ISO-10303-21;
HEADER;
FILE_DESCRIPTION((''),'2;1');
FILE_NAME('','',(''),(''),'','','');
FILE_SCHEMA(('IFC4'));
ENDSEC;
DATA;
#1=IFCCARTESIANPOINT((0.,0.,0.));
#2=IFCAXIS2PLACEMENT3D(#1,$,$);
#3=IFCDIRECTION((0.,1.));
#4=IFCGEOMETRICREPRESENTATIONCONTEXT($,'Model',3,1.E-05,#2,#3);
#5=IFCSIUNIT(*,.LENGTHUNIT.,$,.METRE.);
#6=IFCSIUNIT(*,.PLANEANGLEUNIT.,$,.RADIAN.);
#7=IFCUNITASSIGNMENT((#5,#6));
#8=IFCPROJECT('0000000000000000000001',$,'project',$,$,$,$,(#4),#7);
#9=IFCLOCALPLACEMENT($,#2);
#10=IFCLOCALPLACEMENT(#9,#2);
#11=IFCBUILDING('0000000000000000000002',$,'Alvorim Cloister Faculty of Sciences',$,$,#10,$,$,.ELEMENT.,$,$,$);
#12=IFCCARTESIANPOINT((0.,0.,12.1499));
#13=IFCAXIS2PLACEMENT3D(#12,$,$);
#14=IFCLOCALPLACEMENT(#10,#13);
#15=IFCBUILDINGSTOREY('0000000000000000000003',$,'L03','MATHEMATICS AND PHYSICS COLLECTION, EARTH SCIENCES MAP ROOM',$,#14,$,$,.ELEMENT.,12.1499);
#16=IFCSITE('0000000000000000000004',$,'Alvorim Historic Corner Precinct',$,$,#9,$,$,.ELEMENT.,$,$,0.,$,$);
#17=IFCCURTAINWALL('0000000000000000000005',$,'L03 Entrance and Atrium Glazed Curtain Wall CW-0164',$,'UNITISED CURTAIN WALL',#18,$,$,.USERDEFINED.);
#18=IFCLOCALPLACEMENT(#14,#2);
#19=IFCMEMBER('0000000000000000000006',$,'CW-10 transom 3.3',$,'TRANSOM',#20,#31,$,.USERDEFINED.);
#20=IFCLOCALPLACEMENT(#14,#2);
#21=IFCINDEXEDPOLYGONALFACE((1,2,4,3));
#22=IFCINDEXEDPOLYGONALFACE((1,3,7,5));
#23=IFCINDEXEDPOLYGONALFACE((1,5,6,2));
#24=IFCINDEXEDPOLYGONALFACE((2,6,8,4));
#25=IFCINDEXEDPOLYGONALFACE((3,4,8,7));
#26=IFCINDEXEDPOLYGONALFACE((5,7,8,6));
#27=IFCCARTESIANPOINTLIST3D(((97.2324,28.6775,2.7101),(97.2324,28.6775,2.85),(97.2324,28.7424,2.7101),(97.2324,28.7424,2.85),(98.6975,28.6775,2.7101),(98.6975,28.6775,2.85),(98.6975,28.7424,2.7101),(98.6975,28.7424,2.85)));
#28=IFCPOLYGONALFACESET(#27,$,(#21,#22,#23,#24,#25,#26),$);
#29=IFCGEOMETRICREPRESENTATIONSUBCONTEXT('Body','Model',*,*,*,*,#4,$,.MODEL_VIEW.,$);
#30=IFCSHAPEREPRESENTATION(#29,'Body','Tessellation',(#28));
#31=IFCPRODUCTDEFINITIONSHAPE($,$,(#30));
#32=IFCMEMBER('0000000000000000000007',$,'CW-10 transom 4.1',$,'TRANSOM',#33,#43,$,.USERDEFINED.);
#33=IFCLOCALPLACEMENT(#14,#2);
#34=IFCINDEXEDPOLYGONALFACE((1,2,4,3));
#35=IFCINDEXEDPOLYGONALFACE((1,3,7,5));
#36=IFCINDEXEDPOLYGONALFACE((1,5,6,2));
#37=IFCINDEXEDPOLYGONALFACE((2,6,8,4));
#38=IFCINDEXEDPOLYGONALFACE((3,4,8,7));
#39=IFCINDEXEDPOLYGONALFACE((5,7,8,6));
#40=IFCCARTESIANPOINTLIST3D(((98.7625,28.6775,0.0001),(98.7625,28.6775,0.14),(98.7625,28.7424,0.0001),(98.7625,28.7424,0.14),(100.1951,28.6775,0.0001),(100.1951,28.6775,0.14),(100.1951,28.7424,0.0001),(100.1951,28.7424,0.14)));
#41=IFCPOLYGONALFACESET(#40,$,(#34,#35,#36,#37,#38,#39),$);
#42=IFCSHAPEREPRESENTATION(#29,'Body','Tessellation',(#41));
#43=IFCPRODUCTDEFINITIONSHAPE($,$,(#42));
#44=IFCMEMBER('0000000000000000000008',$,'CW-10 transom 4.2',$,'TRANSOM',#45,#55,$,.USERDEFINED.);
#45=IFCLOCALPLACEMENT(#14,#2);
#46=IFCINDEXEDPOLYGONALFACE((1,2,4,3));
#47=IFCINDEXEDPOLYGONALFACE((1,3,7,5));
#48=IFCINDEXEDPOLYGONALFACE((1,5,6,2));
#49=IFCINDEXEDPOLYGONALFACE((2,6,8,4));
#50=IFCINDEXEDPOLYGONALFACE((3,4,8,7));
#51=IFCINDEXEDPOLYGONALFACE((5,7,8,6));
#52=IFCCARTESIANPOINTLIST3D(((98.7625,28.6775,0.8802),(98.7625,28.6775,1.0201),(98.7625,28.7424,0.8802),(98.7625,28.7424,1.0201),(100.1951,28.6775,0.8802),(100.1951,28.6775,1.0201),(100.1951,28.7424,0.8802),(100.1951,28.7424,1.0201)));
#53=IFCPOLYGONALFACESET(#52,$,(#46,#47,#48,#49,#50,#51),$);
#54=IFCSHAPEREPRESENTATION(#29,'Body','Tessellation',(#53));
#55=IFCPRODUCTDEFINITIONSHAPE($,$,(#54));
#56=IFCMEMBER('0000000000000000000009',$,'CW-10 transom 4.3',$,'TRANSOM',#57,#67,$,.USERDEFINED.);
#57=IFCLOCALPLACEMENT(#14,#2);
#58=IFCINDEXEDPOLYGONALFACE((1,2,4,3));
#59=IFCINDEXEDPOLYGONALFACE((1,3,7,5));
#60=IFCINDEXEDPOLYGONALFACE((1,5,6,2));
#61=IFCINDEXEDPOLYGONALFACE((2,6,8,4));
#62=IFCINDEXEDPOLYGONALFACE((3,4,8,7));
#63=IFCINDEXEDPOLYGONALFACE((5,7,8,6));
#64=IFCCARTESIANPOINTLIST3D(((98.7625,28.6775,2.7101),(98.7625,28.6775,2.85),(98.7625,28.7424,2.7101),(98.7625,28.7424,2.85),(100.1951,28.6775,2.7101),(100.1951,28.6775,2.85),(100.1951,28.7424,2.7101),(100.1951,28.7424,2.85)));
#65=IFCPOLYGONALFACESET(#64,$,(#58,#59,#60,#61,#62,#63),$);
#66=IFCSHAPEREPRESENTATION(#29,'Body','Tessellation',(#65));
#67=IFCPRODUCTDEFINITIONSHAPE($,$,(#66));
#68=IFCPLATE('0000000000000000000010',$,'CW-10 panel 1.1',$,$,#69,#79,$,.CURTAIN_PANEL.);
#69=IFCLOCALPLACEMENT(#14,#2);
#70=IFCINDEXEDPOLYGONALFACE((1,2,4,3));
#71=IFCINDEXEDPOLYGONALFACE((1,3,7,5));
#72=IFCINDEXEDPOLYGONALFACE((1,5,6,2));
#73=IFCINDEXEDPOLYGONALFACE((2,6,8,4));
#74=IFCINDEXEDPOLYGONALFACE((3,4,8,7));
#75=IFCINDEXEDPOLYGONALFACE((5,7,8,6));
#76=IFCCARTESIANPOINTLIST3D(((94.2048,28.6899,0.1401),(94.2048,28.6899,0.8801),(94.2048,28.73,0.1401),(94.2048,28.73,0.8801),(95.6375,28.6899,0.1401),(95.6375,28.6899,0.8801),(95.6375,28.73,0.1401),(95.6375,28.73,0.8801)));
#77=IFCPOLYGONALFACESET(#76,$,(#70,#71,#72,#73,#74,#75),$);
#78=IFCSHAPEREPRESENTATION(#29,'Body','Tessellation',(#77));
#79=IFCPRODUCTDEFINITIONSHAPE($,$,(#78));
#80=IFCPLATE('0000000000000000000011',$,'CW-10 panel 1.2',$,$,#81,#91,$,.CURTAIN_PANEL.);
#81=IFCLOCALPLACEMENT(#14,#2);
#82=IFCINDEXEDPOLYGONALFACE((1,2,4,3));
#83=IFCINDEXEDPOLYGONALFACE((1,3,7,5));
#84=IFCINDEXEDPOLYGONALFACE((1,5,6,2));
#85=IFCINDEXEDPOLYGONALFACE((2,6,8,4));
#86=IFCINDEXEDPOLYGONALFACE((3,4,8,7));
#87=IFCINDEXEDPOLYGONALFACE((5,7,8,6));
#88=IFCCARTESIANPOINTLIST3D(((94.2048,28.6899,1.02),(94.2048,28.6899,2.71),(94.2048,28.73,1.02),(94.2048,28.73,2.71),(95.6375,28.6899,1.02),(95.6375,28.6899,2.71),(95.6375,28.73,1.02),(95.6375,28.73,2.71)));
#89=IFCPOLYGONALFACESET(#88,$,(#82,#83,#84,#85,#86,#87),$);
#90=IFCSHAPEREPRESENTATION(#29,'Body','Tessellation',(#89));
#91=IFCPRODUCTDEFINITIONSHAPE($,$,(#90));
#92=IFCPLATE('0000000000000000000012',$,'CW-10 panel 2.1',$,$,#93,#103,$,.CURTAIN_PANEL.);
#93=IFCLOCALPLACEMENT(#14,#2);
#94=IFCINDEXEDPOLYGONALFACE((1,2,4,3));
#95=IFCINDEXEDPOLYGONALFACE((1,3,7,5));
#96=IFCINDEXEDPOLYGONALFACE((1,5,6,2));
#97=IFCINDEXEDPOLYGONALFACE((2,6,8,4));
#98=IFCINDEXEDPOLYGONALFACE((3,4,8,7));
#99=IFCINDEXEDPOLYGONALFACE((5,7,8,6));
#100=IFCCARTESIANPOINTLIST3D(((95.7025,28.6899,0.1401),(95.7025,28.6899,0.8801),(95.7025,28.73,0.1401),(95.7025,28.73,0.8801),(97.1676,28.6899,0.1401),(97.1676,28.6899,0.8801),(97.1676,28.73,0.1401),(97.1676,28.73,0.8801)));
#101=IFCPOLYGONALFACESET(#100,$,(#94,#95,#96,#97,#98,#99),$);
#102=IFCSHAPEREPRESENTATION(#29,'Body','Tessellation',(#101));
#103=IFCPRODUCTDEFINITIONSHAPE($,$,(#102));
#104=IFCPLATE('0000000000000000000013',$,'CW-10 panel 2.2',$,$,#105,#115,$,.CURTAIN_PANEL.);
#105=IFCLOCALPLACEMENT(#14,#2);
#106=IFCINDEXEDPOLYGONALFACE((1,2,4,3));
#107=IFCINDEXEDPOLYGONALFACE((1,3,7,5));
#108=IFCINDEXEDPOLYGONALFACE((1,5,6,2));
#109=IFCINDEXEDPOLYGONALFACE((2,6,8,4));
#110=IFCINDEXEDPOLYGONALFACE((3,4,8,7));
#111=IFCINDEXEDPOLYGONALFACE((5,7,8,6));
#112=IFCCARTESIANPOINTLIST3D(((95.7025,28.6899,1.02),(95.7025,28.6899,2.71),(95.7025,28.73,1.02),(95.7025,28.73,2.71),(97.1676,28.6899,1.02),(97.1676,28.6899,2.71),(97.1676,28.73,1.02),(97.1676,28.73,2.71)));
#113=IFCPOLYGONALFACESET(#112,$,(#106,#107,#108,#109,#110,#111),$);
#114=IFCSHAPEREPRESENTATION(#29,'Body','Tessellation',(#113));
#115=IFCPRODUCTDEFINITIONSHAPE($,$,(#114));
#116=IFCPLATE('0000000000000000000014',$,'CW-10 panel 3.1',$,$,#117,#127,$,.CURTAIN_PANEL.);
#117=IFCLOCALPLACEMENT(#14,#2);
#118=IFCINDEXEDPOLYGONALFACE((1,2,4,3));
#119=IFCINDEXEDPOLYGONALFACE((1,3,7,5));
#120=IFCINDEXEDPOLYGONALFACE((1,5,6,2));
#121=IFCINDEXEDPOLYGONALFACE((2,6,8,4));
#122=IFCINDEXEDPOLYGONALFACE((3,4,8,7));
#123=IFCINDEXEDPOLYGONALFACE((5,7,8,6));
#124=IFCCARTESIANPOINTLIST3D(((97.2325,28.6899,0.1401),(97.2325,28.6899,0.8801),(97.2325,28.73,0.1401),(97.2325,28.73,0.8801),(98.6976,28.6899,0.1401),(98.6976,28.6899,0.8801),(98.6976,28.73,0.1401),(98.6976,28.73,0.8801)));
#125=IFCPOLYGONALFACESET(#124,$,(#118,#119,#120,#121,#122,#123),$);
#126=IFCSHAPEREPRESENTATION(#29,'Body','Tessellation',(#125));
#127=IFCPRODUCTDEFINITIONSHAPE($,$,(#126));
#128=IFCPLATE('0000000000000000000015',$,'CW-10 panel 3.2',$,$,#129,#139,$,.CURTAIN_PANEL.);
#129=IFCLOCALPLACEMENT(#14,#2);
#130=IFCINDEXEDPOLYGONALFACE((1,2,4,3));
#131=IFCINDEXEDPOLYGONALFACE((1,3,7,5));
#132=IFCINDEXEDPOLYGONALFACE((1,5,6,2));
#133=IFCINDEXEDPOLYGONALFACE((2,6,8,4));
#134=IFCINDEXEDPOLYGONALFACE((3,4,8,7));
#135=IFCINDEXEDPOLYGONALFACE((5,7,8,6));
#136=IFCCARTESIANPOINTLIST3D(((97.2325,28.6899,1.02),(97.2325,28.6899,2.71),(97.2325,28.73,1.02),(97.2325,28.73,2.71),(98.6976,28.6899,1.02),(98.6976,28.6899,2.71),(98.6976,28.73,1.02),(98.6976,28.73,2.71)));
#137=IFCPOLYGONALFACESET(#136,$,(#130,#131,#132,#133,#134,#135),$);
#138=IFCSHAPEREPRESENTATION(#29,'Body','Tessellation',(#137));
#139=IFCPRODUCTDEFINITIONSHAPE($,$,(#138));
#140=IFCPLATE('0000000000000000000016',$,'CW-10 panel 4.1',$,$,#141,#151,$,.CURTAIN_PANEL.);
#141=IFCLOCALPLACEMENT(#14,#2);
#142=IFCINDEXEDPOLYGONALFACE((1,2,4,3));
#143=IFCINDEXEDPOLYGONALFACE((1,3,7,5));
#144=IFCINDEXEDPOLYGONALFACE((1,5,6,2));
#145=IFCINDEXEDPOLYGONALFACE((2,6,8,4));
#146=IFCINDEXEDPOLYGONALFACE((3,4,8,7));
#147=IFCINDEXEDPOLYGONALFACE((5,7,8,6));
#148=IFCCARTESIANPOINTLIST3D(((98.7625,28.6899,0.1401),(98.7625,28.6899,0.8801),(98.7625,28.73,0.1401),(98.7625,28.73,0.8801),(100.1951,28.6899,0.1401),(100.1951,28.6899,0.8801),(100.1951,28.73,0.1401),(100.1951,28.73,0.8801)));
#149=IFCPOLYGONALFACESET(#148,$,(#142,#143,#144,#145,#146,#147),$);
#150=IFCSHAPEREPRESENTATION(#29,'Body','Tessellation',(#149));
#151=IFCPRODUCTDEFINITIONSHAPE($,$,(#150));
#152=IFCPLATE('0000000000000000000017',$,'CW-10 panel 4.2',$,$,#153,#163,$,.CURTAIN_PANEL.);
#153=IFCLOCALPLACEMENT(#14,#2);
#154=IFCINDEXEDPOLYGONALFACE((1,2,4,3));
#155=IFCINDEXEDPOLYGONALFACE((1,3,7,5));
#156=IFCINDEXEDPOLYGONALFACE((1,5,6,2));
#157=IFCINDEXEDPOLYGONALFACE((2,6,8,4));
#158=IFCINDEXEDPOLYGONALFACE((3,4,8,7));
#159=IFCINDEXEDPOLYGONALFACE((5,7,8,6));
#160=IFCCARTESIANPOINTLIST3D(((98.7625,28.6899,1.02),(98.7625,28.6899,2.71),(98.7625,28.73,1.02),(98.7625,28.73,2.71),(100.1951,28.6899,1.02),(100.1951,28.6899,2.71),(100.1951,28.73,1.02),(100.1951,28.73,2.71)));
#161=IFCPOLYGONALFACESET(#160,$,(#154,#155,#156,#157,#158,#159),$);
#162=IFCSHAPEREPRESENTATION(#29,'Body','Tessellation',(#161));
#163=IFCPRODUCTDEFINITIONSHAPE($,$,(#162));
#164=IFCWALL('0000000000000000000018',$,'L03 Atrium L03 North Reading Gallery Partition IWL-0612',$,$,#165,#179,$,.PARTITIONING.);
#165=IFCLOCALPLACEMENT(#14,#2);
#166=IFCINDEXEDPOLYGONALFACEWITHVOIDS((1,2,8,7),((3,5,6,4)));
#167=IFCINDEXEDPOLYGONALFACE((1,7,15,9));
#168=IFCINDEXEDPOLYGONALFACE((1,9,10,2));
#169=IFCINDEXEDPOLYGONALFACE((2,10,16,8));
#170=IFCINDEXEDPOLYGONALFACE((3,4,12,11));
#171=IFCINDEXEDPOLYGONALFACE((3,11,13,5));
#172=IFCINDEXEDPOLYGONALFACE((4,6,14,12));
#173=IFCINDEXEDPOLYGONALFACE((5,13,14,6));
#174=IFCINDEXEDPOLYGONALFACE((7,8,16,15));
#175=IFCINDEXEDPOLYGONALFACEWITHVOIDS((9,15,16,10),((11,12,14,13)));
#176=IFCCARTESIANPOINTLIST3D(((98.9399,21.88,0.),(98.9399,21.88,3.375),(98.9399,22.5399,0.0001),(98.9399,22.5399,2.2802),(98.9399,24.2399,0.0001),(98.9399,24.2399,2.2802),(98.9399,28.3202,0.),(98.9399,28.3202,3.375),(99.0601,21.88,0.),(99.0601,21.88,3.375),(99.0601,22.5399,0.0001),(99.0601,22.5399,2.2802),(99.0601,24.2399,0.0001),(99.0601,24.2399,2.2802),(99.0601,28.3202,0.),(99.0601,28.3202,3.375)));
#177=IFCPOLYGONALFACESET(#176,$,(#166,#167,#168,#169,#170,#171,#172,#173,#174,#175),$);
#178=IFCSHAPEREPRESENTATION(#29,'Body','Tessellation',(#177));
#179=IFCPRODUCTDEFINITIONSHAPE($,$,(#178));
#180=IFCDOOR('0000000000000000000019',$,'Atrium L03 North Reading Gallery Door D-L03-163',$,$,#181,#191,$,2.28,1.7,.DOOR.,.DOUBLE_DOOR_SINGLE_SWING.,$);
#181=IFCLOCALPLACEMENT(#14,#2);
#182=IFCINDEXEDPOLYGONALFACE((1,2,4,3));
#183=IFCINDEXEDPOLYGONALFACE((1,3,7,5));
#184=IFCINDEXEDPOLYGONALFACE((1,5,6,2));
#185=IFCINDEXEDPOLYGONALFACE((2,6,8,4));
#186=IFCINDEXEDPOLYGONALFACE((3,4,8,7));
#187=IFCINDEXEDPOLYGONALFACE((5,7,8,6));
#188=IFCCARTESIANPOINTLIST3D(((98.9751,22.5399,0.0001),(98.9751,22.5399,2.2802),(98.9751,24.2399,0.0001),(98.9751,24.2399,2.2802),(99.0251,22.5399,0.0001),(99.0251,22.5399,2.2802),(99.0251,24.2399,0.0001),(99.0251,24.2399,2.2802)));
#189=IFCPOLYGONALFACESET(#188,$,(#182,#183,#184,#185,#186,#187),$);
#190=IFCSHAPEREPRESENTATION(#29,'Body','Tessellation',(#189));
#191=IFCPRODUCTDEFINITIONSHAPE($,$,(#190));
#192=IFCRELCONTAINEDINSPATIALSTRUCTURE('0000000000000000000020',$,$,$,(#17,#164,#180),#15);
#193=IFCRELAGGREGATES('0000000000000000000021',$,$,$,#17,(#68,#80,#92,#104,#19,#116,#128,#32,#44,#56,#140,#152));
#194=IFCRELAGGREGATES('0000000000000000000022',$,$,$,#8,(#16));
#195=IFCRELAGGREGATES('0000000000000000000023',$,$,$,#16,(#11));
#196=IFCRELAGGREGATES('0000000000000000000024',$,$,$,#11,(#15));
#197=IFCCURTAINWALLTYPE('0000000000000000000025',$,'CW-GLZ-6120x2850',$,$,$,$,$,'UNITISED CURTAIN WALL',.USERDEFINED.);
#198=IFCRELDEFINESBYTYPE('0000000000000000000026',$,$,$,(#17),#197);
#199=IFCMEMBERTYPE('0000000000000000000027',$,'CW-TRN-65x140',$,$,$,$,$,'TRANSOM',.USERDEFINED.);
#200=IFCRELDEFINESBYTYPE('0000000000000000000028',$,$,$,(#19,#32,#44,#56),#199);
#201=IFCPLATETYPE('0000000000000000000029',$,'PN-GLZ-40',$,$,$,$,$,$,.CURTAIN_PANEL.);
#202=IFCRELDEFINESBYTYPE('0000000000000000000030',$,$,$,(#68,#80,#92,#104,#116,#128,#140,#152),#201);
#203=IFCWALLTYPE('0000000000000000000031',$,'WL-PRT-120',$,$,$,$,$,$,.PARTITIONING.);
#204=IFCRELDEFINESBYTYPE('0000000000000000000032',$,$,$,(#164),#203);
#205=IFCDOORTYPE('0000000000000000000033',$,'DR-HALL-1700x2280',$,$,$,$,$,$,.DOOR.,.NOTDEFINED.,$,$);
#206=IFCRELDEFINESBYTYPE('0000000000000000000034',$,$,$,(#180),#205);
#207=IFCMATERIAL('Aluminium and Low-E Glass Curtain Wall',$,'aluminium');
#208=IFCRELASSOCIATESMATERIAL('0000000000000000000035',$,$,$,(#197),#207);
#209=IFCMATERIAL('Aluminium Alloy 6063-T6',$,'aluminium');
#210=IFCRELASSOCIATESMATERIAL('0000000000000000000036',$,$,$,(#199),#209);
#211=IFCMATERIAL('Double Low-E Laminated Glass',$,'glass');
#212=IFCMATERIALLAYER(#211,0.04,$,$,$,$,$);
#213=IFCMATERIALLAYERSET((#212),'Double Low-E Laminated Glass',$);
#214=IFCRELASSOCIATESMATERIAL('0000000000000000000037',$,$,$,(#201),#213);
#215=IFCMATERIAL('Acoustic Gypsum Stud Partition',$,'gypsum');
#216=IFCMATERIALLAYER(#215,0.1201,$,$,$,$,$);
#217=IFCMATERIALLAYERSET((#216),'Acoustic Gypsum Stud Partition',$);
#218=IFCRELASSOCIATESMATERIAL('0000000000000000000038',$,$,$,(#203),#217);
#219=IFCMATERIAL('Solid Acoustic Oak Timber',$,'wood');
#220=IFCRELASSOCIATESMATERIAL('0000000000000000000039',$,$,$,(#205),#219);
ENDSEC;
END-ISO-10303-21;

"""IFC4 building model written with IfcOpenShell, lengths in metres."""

from ifc_helpers import new_model, si_unit, direction, frame, frame_2d, origin, origin_2d, place, context, subcontext, project, spatial, rectangle, extrude, material, layer, layer_set, material_profile, profile_set, type_object, element, fill, aggregate, save


model = new_model("IFC4")

# Units and contexts
model_context = context("Model", 3, precision=1e-05, world=origin(), true_north=direction((0.0, 1.0)))
body_context = subcontext(model_context, "Body", "Model", "MODEL_VIEW")
ifc_project = project(units=[si_unit("LENGTHUNIT", "METRE"), si_unit("PLANEANGLEUNIT", "RADIAN")], contexts=[model_context])

# Site, building, storey
site_placement = place(None, origin())
site = spatial("IfcSite", under=ifc_project, at=site_placement, Name="Alvorim Historic Corner Precinct", CompositionType="ELEMENT", RefElevation=0.0)
building_placement = place(site_placement, origin())
building = spatial("IfcBuilding", under=site, at=building_placement, Name="Alvorim Cloister Faculty of Sciences", CompositionType="ELEMENT")
storey_placement = place(building_placement, frame((0.0, 0.0, 12.1499)))
storey = spatial("IfcBuildingStorey", under=building, at=storey_placement, Name="L03", Description="MATHEMATICS AND PHYSICS COLLECTION, EARTH SCIENCES MAP ROOM", CompositionType="ELEMENT", Elevation=12.1499)

# Curtain wall, members, plates
ifc_material_1 = material(Name="Aluminium and Low-E Glass Curtain Wall", Category="aluminium")
curtain_wall_type = type_object("IfcCurtainWallType", Name="CW-GLZ-6120x2850", ElementType="UNITISED CURTAIN WALL", PredefinedType="USERDEFINED", material=ifc_material_1)
curtain_wall_placement = place(storey_placement, origin())
curtain_wall = element("IfcCurtainWall", 1, at=curtain_wall_placement, inside=storey, type_object=curtain_wall_type, Name="L03 Entrance and Atrium Glazed Curtain Wall CW-0164", ObjectType="UNITISED CURTAIN WALL", PredefinedType="USERDEFINED")
ifc_material_2 = material(Name="Aluminium Alloy 6063-T6", Category="aluminium")
ifc_material_profile_1 = material_profile(ifc_material_2, rectangle(XDim=0.0649, YDim=0.1399, at=origin_2d()), Name="ALU-TRN-65x140")
ifc_profile_set_1 = profile_set([ifc_material_profile_1], Name="Aluminium Alloy 6063-T6")
member_type_1 = type_object("IfcMemberType", Name="CW-TRN-65x140", ElementType="TRANSOM", PredefinedType="USERDEFINED", material=ifc_profile_set_1)
member_1_placement = place(storey_placement, frame((97.2324, 28.71, 2.78), z_axis=(1.0, 0.0, 0.0), x_axis=(0.0, 1.0, 0.0)))
member_1 = element("IfcMember", 2, at=member_1_placement, type_object=member_type_1, Name="CW-10 transom 3.3", ObjectType="TRANSOM", PredefinedType="USERDEFINED", context=body_context, shape_type="SweptSolid", body=[
    extrude(rectangle(XDim=0.0649, YDim=0.1399, at=origin_2d()), origin(), (0.0, 0.0, 1.0), 1.4651),
])
member_2_placement = place(storey_placement, frame((98.7625, 28.71, 0.0701), z_axis=(1.0, 0.0, 0.0), x_axis=(0.0, 1.0, 0.0)))
member_2 = element("IfcMember", 3, at=member_2_placement, type_object=member_type_1, Name="CW-10 transom 4.1", ObjectType="TRANSOM", PredefinedType="USERDEFINED", context=body_context, shape_type="SweptSolid", body=[
    extrude(rectangle(XDim=0.0649, YDim=0.1399, at=origin_2d()), origin(), (0.0, 0.0, 1.0), 1.4326),
])
member_3_placement = place(storey_placement, frame((98.7625, 28.71, 0.9502), z_axis=(1.0, 0.0, 0.0), x_axis=(0.0, 1.0, 0.0)))
member_3 = element("IfcMember", 4, at=member_3_placement, type_object=member_type_1, Name="CW-10 transom 4.2", ObjectType="TRANSOM", PredefinedType="USERDEFINED", context=body_context, shape_type="SweptSolid", body=[
    extrude(rectangle(XDim=0.0649, YDim=0.1399, at=origin_2d()), origin(), (0.0, 0.0, 1.0), 1.4326),
])
member_4_placement = place(storey_placement, frame((98.7625, 28.71, 2.78), z_axis=(1.0, 0.0, 0.0), x_axis=(0.0, 1.0, 0.0)))
member_4 = element("IfcMember", 5, at=member_4_placement, type_object=member_type_1, Name="CW-10 transom 4.3", ObjectType="TRANSOM", PredefinedType="USERDEFINED", context=body_context, shape_type="SweptSolid", body=[
    extrude(rectangle(XDim=0.0649, YDim=0.1399, at=origin_2d()), origin(), (0.0, 0.0, 1.0), 1.4326),
])
ifc_material_3 = material(Name="Double Low-E Laminated Glass", Category="glass")
ifc_layer_1 = layer(ifc_material_3, 0.04)
ifc_layer_set_1 = layer_set([ifc_layer_1], Name="Double Low-E Laminated Glass")
plate_type = type_object("IfcPlateType", Name="PN-GLZ-40", PredefinedType="CURTAIN_PANEL", material=ifc_layer_set_1)
plate_1_placement = place(storey_placement, frame((94.9211, 28.71, 0.1401), z_axis=(0.0, 0.0, 1.0), x_axis=(1.0, 0.0, 0.0)))
plate_1 = element("IfcPlate", 6, at=plate_1_placement, type_object=plate_type, Name="CW-10 panel 1.1", PredefinedType="CURTAIN_PANEL", context=body_context, shape_type="SweptSolid", body=[
    extrude(rectangle(XDim=1.4326, YDim=0.04, at=origin_2d()), origin(), (0.0, 0.0, 1.0), 0.74),
])
plate_2_placement = place(storey_placement, frame((94.9211, 28.71, 1.02), z_axis=(0.0, 0.0, 1.0), x_axis=(1.0, 0.0, 0.0)))
plate_2 = element("IfcPlate", 7, at=plate_2_placement, type_object=plate_type, Name="CW-10 panel 1.2", PredefinedType="CURTAIN_PANEL", context=body_context, shape_type="SweptSolid", body=[
    extrude(rectangle(XDim=1.4326, YDim=0.04, at=origin_2d()), origin(), (0.0, 0.0, 1.0), 1.6899),
])
plate_3_placement = place(storey_placement, frame((96.4351, 28.71, 0.1401), z_axis=(0.0, 0.0, 1.0), x_axis=(1.0, 0.0, 0.0)))
plate_3 = element("IfcPlate", 8, at=plate_3_placement, type_object=plate_type, Name="CW-10 panel 2.1", PredefinedType="CURTAIN_PANEL", context=body_context, shape_type="SweptSolid", body=[
    extrude(rectangle(XDim=1.4651, YDim=0.04, at=origin_2d()), origin(), (0.0, 0.0, 1.0), 0.74),
])
plate_4_placement = place(storey_placement, frame((96.4351, 28.71, 1.02), z_axis=(0.0, 0.0, 1.0), x_axis=(1.0, 0.0, 0.0)))
plate_4 = element("IfcPlate", 9, at=plate_4_placement, type_object=plate_type, Name="CW-10 panel 2.2", PredefinedType="CURTAIN_PANEL", context=body_context, shape_type="SweptSolid", body=[
    extrude(rectangle(XDim=1.4651, YDim=0.04, at=origin_2d()), origin(), (0.0, 0.0, 1.0), 1.6899),
])
plate_5_placement = place(storey_placement, frame((97.9651, 28.71, 0.1401), z_axis=(0.0, 0.0, 1.0), x_axis=(1.0, 0.0, 0.0)))
plate_5 = element("IfcPlate", 10, at=plate_5_placement, type_object=plate_type, Name="CW-10 panel 3.1", PredefinedType="CURTAIN_PANEL", context=body_context, shape_type="SweptSolid", body=[
    extrude(rectangle(XDim=1.4651, YDim=0.04, at=origin_2d()), origin(), (0.0, 0.0, 1.0), 0.74),
])
plate_6_placement = place(storey_placement, frame((97.9651, 28.71, 1.02), z_axis=(0.0, 0.0, 1.0), x_axis=(1.0, 0.0, 0.0)))
plate_6 = element("IfcPlate", 11, at=plate_6_placement, type_object=plate_type, Name="CW-10 panel 3.2", PredefinedType="CURTAIN_PANEL", context=body_context, shape_type="SweptSolid", body=[
    extrude(rectangle(XDim=1.4651, YDim=0.04, at=origin_2d()), origin(), (0.0, 0.0, 1.0), 1.6899),
])
plate_7_placement = place(storey_placement, frame((99.4788, 28.71, 0.1401), z_axis=(0.0, 0.0, 1.0), x_axis=(1.0, 0.0, 0.0)))
plate_7 = element("IfcPlate", 12, at=plate_7_placement, type_object=plate_type, Name="CW-10 panel 4.1", PredefinedType="CURTAIN_PANEL", context=body_context, shape_type="SweptSolid", body=[
    extrude(rectangle(XDim=1.4326, YDim=0.04, at=origin_2d()), origin(), (0.0, 0.0, 1.0), 0.74),
])
plate_8_placement = place(storey_placement, frame((99.4788, 28.71, 1.02), z_axis=(0.0, 0.0, 1.0), x_axis=(1.0, 0.0, 0.0)))
plate_8 = element("IfcPlate", 13, at=plate_8_placement, type_object=plate_type, Name="CW-10 panel 4.2", PredefinedType="CURTAIN_PANEL", context=body_context, shape_type="SweptSolid", body=[
    extrude(rectangle(XDim=1.4326, YDim=0.04, at=origin_2d()), origin(), (0.0, 0.0, 1.0), 1.6899),
])
aggregate(curtain_wall, [plate_1, plate_2, plate_3, plate_4, member_1, plate_5, plate_6, member_2, member_3, member_4, plate_7, plate_8])

# Wall, opening, door
ifc_material_4 = material(Name="Acoustic Gypsum Stud Partition", Category="gypsum")
ifc_layer_2 = layer(ifc_material_4, 0.1201)
ifc_layer_set_2 = layer_set([ifc_layer_2], Name="Acoustic Gypsum Stud Partition")
wall_type = type_object("IfcWallType", Name="WL-PRT-120", PredefinedType="PARTITIONING", material=ifc_layer_set_2)
wall_placement = place(storey_placement, frame((99.0, 21.8799, 0.0), z_axis=(0.0, 0.0, 1.0), x_axis=(0.0, 1.0, 0.0)))
wall = element("IfcWall", 14, at=wall_placement, inside=storey, type_object=wall_type, Name="L03 Atrium L03 North Reading Gallery Partition IWL-0612", PredefinedType="PARTITIONING", context=body_context, shape_type="SweptSolid", body=[
    extrude(rectangle(XDim=6.4402, YDim=0.1201, at=frame_2d((3.2202, 0.0))), origin(), (0.0, 0.0, 1.0), 3.375),
])
opening_placement = place(wall_placement, frame((0.6599, 0.0, 0.0)))
opening = element("IfcOpeningElement", 15, at=opening_placement, cuts=wall, PredefinedType="OPENING", context=body_context, shape_type="SweptSolid", body=[
    extrude(rectangle(XDim=1.7, YDim=2.28, at=frame_2d((0.8501, 1.1401))), frame((0.0, 0.072, 0.0), z_axis=(0.0, -1.0, 0.0), x_axis=(1.0, 0.0, 0.0)), (0.0, 0.0, 1.0), 0.144),
])
ifc_material_5 = material(Name="Solid Acoustic Oak Timber", Category="wood")
door_type = type_object("IfcDoorType", Name="DR-HALL-1700x2280", OperationType="NOTDEFINED", PredefinedType="DOOR", material=ifc_material_5)
door_placement = place(opening_placement, origin())
door = element("IfcDoor", 16, at=door_placement, inside=storey, type_object=door_type, Name="Atrium L03 North Reading Gallery Door D-L03-163", OperationType="DOUBLE_DOOR_SINGLE_SWING", OverallHeight=2.28, OverallWidth=1.7, PredefinedType="DOOR", context=body_context, shape_type="SweptSolid", body=[
    extrude(rectangle(XDim=1.7, YDim=2.28, at=frame_2d((0.8501, 1.1401))), frame((0.0, 0.0249, 0.0), z_axis=(0.0, -1.0, 0.0), x_axis=(1.0, 0.0, 0.0)), (0.0, 0.0, 1.0), 0.05),
])
fill(opening, door)

save(model, "model.ifc")
